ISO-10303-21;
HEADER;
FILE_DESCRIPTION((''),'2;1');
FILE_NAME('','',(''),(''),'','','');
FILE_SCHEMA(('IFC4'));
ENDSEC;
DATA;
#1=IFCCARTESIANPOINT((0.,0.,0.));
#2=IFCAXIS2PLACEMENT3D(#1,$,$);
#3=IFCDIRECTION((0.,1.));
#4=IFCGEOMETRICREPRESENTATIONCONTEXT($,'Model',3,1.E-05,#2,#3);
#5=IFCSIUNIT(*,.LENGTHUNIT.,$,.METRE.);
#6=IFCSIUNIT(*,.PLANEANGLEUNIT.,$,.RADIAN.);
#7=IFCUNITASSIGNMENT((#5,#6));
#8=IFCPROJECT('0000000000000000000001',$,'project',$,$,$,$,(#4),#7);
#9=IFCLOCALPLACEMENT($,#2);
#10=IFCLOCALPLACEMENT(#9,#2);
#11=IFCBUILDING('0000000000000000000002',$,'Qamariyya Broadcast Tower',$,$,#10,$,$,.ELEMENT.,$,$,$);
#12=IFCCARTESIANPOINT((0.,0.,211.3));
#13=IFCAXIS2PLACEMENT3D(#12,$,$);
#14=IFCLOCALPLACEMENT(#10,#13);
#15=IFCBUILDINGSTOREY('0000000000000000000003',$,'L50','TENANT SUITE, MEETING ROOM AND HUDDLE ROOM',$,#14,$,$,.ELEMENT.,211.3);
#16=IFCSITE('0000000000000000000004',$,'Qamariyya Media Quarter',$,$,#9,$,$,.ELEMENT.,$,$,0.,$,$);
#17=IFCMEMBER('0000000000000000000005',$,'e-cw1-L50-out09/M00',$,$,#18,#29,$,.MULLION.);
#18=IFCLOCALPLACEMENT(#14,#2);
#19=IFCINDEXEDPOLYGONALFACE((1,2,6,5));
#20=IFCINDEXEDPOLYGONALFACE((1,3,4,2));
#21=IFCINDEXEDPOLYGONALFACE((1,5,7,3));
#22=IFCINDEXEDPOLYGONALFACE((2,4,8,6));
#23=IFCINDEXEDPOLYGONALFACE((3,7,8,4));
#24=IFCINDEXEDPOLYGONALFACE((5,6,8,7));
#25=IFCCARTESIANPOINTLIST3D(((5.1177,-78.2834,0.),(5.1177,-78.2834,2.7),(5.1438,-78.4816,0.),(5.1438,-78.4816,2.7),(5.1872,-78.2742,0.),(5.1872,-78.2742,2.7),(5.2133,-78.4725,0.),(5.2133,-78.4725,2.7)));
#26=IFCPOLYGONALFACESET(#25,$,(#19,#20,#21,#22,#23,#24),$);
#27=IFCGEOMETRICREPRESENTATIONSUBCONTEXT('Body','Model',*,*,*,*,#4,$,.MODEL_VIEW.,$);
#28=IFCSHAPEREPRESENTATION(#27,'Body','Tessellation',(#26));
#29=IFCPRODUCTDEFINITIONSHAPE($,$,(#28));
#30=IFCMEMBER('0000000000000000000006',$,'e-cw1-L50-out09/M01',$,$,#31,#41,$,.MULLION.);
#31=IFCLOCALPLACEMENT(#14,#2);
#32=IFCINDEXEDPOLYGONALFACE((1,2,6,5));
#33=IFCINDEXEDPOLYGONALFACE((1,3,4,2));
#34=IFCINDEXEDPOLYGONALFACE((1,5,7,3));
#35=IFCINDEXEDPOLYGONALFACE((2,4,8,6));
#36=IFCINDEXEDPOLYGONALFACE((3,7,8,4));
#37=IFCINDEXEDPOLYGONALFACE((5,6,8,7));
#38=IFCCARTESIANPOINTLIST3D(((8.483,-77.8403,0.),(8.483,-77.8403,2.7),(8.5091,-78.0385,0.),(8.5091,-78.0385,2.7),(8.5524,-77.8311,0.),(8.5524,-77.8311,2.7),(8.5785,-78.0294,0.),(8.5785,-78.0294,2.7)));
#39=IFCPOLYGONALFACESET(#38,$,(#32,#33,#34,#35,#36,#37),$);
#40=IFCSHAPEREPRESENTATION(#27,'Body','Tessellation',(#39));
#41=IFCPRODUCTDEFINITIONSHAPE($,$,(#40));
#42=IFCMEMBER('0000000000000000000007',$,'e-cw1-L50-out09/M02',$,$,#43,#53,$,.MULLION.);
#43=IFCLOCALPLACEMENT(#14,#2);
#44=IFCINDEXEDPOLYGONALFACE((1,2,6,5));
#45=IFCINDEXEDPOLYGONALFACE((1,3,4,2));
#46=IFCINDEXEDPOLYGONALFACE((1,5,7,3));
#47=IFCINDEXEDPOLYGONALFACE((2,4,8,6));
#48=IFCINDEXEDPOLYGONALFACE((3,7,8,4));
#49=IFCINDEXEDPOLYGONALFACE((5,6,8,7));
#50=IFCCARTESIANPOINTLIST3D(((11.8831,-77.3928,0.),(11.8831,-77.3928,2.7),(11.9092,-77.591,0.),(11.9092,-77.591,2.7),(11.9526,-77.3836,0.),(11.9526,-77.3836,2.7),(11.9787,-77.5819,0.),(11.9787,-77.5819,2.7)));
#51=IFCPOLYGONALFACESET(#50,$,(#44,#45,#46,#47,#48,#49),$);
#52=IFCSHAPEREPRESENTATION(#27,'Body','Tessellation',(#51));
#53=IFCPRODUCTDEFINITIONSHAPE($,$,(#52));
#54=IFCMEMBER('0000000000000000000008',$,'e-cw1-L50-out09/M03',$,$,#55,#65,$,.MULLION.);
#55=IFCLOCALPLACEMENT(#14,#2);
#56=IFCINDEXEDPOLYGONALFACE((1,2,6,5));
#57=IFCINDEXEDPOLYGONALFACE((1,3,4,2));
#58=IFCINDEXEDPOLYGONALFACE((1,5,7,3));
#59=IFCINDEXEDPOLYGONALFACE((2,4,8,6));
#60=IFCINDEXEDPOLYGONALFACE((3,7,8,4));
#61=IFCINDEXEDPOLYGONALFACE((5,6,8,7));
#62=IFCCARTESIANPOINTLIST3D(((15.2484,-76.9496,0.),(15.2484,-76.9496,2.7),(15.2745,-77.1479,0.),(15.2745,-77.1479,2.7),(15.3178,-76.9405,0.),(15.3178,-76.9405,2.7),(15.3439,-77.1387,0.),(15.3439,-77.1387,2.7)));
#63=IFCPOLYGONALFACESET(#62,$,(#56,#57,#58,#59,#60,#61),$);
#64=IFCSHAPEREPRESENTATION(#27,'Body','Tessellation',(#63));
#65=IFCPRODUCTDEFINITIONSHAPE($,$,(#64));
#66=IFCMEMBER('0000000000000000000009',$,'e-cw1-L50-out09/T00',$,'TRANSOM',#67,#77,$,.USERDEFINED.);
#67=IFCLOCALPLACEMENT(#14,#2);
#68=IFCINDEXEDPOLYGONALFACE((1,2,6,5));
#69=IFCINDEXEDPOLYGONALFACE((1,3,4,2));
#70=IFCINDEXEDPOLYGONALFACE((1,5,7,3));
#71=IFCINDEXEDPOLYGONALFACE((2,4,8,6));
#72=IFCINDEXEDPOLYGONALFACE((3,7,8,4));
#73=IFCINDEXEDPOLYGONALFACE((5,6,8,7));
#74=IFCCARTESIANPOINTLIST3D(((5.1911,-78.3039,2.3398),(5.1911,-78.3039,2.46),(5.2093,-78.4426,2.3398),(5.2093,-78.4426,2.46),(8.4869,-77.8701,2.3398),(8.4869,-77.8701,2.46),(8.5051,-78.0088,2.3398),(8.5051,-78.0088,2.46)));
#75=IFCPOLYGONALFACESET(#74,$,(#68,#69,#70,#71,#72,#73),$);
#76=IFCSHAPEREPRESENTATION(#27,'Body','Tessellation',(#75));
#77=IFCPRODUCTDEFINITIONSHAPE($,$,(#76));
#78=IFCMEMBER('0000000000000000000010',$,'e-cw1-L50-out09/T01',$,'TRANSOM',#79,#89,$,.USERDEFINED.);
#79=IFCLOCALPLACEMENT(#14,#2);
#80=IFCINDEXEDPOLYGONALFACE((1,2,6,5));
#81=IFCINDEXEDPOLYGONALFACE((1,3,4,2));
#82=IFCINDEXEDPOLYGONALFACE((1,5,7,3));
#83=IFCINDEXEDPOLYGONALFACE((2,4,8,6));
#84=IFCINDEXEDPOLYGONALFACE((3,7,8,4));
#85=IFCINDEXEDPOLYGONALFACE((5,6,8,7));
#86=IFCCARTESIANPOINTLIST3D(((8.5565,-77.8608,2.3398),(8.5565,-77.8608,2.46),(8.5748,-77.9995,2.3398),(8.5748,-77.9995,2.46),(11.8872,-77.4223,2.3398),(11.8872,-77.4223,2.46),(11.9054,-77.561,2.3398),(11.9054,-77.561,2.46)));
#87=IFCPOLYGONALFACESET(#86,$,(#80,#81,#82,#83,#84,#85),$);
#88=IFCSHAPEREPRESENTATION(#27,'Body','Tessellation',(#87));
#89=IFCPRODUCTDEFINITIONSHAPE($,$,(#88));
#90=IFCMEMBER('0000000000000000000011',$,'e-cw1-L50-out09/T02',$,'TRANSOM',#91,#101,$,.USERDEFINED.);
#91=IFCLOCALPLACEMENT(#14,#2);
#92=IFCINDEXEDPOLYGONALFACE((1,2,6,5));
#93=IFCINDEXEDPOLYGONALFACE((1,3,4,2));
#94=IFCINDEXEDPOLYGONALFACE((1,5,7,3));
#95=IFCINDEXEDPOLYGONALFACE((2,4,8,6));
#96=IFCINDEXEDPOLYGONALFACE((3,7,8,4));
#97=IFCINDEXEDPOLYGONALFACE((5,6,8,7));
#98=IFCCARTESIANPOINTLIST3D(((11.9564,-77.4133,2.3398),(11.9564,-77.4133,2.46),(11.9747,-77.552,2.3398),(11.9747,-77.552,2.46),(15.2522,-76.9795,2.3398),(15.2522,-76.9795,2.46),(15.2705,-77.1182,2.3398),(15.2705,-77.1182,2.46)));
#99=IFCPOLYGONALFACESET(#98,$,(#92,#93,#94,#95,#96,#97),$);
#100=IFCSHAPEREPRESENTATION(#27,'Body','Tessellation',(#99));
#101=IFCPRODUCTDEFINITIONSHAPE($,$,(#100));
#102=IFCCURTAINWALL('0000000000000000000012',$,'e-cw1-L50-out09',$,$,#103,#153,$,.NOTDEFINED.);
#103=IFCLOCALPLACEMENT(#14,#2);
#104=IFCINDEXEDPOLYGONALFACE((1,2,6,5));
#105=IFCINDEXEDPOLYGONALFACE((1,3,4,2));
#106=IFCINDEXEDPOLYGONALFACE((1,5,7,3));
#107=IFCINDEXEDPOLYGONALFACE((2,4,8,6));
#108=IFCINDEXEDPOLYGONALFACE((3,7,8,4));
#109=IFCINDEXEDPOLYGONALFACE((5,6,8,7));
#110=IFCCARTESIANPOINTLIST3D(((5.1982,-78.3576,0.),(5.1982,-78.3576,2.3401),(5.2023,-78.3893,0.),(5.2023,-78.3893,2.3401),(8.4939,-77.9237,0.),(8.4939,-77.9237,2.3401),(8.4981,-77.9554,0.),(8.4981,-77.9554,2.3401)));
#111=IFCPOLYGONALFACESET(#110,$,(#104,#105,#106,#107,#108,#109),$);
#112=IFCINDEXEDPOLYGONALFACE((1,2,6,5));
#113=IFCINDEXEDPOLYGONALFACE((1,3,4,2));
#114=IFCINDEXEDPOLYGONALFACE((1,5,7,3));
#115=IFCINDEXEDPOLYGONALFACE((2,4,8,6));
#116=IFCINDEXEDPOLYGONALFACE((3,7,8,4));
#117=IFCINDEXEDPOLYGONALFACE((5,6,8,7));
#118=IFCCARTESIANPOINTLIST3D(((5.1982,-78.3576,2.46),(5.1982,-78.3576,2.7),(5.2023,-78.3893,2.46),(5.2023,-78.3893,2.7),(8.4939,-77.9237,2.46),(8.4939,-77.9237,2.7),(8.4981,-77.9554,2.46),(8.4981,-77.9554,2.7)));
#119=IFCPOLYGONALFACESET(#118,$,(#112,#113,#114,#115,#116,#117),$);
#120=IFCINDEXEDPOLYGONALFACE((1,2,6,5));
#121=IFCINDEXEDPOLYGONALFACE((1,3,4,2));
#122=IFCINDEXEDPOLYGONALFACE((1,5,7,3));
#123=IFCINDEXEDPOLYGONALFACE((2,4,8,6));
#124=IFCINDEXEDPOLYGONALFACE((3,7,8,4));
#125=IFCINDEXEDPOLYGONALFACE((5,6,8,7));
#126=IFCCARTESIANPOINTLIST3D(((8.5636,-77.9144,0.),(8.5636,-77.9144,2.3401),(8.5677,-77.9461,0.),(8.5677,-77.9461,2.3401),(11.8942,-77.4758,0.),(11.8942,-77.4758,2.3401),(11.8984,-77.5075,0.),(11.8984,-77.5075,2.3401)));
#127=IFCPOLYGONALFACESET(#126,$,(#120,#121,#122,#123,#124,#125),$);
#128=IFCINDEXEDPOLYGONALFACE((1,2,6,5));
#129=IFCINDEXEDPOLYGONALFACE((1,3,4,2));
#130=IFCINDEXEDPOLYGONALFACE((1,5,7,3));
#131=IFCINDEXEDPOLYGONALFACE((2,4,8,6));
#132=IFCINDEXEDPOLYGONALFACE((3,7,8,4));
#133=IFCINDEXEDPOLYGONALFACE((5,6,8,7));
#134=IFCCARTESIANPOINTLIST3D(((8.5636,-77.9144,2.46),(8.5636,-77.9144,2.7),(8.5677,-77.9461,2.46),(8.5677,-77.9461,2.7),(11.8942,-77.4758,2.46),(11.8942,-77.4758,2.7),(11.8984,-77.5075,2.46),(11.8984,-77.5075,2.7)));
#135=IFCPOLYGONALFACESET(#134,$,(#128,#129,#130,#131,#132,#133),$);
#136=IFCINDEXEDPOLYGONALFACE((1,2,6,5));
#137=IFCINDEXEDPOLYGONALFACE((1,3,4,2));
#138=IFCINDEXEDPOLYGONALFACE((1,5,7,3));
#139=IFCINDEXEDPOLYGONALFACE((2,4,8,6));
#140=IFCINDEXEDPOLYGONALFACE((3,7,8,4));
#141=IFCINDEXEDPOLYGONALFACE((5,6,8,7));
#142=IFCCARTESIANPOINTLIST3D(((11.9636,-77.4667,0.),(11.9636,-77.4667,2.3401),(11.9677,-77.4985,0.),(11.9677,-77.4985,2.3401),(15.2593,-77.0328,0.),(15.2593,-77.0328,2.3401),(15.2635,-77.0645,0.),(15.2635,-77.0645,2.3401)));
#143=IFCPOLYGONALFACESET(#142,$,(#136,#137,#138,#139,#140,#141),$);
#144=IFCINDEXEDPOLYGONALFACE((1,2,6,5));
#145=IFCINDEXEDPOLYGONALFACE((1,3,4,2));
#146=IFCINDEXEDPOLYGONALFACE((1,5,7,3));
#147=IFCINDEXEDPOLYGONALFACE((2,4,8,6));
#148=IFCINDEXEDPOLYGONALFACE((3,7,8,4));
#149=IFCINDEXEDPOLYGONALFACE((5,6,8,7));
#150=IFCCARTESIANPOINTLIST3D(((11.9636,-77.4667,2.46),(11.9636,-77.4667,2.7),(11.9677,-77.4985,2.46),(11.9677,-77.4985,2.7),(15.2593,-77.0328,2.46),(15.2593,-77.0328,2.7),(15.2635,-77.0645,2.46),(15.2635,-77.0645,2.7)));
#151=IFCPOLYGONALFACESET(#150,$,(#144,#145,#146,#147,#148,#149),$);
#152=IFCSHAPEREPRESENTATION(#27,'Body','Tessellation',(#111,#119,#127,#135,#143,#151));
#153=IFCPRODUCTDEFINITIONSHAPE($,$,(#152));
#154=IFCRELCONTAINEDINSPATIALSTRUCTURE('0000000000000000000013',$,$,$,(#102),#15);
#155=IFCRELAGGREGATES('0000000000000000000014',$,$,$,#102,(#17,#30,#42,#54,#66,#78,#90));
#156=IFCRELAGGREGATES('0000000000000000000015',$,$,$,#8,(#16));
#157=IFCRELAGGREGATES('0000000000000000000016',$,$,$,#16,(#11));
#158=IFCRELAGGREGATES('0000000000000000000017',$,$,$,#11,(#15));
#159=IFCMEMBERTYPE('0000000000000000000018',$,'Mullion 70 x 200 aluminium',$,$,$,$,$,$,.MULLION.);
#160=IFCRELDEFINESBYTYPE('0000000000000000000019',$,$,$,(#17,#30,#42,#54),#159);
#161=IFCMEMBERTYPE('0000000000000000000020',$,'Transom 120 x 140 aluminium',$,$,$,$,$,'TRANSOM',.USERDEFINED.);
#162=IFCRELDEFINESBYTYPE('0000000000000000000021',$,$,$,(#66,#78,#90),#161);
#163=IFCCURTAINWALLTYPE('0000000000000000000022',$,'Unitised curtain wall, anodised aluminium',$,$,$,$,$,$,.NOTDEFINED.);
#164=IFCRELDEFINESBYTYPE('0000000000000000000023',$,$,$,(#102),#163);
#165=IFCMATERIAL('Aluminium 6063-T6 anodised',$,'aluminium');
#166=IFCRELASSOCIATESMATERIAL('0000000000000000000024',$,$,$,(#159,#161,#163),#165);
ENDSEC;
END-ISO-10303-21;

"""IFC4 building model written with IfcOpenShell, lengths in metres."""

from ifc_helpers import new_model, si_unit, direction, frame, origin, origin_2d, place, context, subcontext, project, spatial, rectangle, extrude, material, material_profile, profile_set, type_object, element, aggregate, save


model = new_model("IFC4")

# Units and contexts
model_context = context("Model", 3, precision=1e-05, world=origin(), true_north=direction((0.0, 1.0)))
body_context = subcontext(model_context, "Body", "Model", "MODEL_VIEW")
ifc_project = project(units=[si_unit("LENGTHUNIT", "METRE"), si_unit("PLANEANGLEUNIT", "RADIAN")], contexts=[model_context])

# Members
ifc_material = material(Name="Aluminium 6063-T6 anodised", Category="aluminium")
ifc_material_profile_1 = material_profile(ifc_material, rectangle(XDim=0.2, YDim=0.0701, at=origin_2d()))
ifc_profile_set_1 = profile_set([ifc_material_profile_1], Name="Aluminium 6063-T6 anodised")
member_type_1 = type_object("IfcMemberType", Name="Mullion 70 x 200 aluminium", PredefinedType="MULLION", material=ifc_profile_set_1)
site_placement = place(None, origin())
building_placement = place(site_placement, origin())
storey_placement = place(building_placement, frame((0.0, 0.0, 211.3)))
member_1_placement = place(storey_placement, frame((5.1655, -78.3779, 0.0), z_axis=(0.0, 0.0, 1.0), x_axis=(-0.130526, 0.991445, 0.0)))
member_1 = element("IfcMember", 1, at=member_1_placement, type_object=member_type_1, Name="e-cw1-L50-out09/M00", PredefinedType="MULLION", context=body_context, shape_type="SweptSolid", body=[
    extrude(rectangle(XDim=0.2, YDim=0.0701, at=origin_2d()), origin(), (0.0, 0.0, 1.0), 2.7),
])
member_2_placement = place(storey_placement, frame((8.5308, -77.9348, 0.0), z_axis=(0.0, 0.0, 1.0), x_axis=(-0.130526, 0.991445, 0.0)))
member_2 = element("IfcMember", 2, at=member_2_placement, type_object=member_type_1, Name="e-cw1-L50-out09/M01", PredefinedType="MULLION", context=body_context, shape_type="SweptSolid", body=[
    extrude(rectangle(XDim=0.2, YDim=0.0701, at=origin_2d()), origin(), (0.0, 0.0, 1.0), 2.7),
])
member_3_placement = place(storey_placement, frame((11.9309, -77.4873, 0.0), z_axis=(0.0, 0.0, 1.0), x_axis=(-0.130526, 0.991445, 0.0)))
member_3 = element("IfcMember", 3, at=member_3_placement, type_object=member_type_1, Name="e-cw1-L50-out09/M02", PredefinedType="MULLION", context=body_context, shape_type="SweptSolid", body=[
    extrude(rectangle(XDim=0.2, YDim=0.0701, at=origin_2d()), origin(), (0.0, 0.0, 1.0), 2.7),
])
member_4_placement = place(storey_placement, frame((15.2961, -77.0442, 0.0), z_axis=(0.0, 0.0, 1.0), x_axis=(-0.130526, 0.991445, 0.0)))
member_4 = element("IfcMember", 4, at=member_4_placement, type_object=member_type_1, Name="e-cw1-L50-out09/M03", PredefinedType="MULLION", context=body_context, shape_type="SweptSolid", body=[
    extrude(rectangle(XDim=0.2, YDim=0.0701, at=origin_2d()), origin(), (0.0, 0.0, 1.0), 2.7),
])
ifc_material_profile_2 = material_profile(ifc_material, rectangle(XDim=0.1399, YDim=0.1201, at=origin_2d()))
ifc_profile_set_2 = profile_set([ifc_material_profile_2], Name="Aluminium 6063-T6 anodised")
member_type_2 = type_object("IfcMemberType", Name="Transom 120 x 140 aluminium", ElementType="TRANSOM", PredefinedType="USERDEFINED", material=ifc_profile_set_2)
member_5_placement = place(storey_placement, frame((5.2002, -78.3733, 2.3999), z_axis=(0.991448, 0.130504, 0.0), x_axis=(-0.130504, 0.991448, 0.0)))
member_5 = element("IfcMember", 5, at=member_5_placement, type_object=member_type_2, Name="e-cw1-L50-out09/T00", ObjectType="TRANSOM", PredefinedType="USERDEFINED", context=body_context, shape_type="SweptSolid", body=[
    extrude(rectangle(XDim=0.1399, YDim=0.1201, at=origin_2d()), origin(), (0.0, 0.0, 1.0), 3.3242),
])
member_6_placement = place(storey_placement, frame((8.5657, -77.9302, 2.3999), z_axis=(0.991445, 0.130526, 0.0), x_axis=(-0.130526, 0.991445, 0.0)))
member_6 = element("IfcMember", 6, at=member_6_placement, type_object=member_type_2, Name="e-cw1-L50-out09/T01", ObjectType="TRANSOM", PredefinedType="USERDEFINED", context=body_context, shape_type="SweptSolid", body=[
    extrude(rectangle(XDim=0.1399, YDim=0.1201, at=origin_2d()), origin(), (0.0, 0.0, 1.0), 3.3594),
])
member_7_placement = place(storey_placement, frame((11.9656, -77.4827, 2.3999), z_axis=(0.991448, 0.130504, 0.0), x_axis=(-0.130504, 0.991448, 0.0)))
member_7 = element("IfcMember", 7, at=member_7_placement, type_object=member_type_2, Name="e-cw1-L50-out09/T02", ObjectType="TRANSOM", PredefinedType="USERDEFINED", context=body_context, shape_type="SweptSolid", body=[
    extrude(rectangle(XDim=0.1399, YDim=0.1201, at=origin_2d()), origin(), (0.0, 0.0, 1.0), 3.3242),
])

# Site, building, storey
site = spatial("IfcSite", under=ifc_project, at=site_placement, Name="Qamariyya Media Quarter", CompositionType="ELEMENT", RefElevation=0.0)
building = spatial("IfcBuilding", under=site, at=building_placement, Name="Qamariyya Broadcast Tower", CompositionType="ELEMENT")
storey = spatial("IfcBuildingStorey", under=building, at=storey_placement, Name="L50", Description="TENANT SUITE, MEETING ROOM AND HUDDLE ROOM", CompositionType="ELEMENT", Elevation=211.3)

# Curtain wall
curtain_wall_type = type_object("IfcCurtainWallType", Name="Unitised curtain wall, anodised aluminium", PredefinedType="NOTDEFINED", material=ifc_material)
curtain_wall_1_placement = place(storey_placement, origin())
curtain_wall_1 = element("IfcCurtainWall", 8, at=curtain_wall_1_placement, inside=storey, type_object=curtain_wall_type, Name="e-cw1-L50-out09", PredefinedType="NOTDEFINED", context=body_context, shape_type="SweptSolid", body=[
    extrude(rectangle(XDim=3.3242, YDim=0.032, at=origin_2d()), frame((6.8481, -78.1565, 0.0), x_axis=(0.991443, 0.130542, 0.0)), (0.0, 0.0, 1.0), 2.3401),
    extrude(rectangle(XDim=3.3242, YDim=0.032, at=origin_2d()), frame((6.8481, -78.1565, 2.46), x_axis=(0.991443, 0.130542, 0.0)), (0.0, 0.0, 1.0), 0.24),
    extrude(rectangle(XDim=3.3594, YDim=0.032, at=origin_2d()), frame((10.231, -77.7109, 0.0), x_axis=(0.991443, 0.130542, 0.0)), (0.0, 0.0, 1.0), 2.3401),
    extrude(rectangle(XDim=3.3594, YDim=0.032, at=origin_2d()), frame((10.231, -77.7109, 2.46), x_axis=(0.991443, 0.130542, 0.0)), (0.0, 0.0, 1.0), 0.24),
    extrude(rectangle(XDim=3.3242, YDim=0.032, at=origin_2d()), frame((13.6135, -77.2656, 0.0), x_axis=(0.991443, 0.130542, 0.0)), (0.0, 0.0, 1.0), 2.3401),
    extrude(rectangle(XDim=3.3242, YDim=0.032, at=origin_2d()), frame((13.6135, -77.2656, 2.46), x_axis=(0.991443, 0.130542, 0.0)), (0.0, 0.0, 1.0), 0.24),
])
aggregate(curtain_wall_1, [member_1, member_2, member_3, member_4, member_5, member_6, member_7])

save(model, "model.ifc")
